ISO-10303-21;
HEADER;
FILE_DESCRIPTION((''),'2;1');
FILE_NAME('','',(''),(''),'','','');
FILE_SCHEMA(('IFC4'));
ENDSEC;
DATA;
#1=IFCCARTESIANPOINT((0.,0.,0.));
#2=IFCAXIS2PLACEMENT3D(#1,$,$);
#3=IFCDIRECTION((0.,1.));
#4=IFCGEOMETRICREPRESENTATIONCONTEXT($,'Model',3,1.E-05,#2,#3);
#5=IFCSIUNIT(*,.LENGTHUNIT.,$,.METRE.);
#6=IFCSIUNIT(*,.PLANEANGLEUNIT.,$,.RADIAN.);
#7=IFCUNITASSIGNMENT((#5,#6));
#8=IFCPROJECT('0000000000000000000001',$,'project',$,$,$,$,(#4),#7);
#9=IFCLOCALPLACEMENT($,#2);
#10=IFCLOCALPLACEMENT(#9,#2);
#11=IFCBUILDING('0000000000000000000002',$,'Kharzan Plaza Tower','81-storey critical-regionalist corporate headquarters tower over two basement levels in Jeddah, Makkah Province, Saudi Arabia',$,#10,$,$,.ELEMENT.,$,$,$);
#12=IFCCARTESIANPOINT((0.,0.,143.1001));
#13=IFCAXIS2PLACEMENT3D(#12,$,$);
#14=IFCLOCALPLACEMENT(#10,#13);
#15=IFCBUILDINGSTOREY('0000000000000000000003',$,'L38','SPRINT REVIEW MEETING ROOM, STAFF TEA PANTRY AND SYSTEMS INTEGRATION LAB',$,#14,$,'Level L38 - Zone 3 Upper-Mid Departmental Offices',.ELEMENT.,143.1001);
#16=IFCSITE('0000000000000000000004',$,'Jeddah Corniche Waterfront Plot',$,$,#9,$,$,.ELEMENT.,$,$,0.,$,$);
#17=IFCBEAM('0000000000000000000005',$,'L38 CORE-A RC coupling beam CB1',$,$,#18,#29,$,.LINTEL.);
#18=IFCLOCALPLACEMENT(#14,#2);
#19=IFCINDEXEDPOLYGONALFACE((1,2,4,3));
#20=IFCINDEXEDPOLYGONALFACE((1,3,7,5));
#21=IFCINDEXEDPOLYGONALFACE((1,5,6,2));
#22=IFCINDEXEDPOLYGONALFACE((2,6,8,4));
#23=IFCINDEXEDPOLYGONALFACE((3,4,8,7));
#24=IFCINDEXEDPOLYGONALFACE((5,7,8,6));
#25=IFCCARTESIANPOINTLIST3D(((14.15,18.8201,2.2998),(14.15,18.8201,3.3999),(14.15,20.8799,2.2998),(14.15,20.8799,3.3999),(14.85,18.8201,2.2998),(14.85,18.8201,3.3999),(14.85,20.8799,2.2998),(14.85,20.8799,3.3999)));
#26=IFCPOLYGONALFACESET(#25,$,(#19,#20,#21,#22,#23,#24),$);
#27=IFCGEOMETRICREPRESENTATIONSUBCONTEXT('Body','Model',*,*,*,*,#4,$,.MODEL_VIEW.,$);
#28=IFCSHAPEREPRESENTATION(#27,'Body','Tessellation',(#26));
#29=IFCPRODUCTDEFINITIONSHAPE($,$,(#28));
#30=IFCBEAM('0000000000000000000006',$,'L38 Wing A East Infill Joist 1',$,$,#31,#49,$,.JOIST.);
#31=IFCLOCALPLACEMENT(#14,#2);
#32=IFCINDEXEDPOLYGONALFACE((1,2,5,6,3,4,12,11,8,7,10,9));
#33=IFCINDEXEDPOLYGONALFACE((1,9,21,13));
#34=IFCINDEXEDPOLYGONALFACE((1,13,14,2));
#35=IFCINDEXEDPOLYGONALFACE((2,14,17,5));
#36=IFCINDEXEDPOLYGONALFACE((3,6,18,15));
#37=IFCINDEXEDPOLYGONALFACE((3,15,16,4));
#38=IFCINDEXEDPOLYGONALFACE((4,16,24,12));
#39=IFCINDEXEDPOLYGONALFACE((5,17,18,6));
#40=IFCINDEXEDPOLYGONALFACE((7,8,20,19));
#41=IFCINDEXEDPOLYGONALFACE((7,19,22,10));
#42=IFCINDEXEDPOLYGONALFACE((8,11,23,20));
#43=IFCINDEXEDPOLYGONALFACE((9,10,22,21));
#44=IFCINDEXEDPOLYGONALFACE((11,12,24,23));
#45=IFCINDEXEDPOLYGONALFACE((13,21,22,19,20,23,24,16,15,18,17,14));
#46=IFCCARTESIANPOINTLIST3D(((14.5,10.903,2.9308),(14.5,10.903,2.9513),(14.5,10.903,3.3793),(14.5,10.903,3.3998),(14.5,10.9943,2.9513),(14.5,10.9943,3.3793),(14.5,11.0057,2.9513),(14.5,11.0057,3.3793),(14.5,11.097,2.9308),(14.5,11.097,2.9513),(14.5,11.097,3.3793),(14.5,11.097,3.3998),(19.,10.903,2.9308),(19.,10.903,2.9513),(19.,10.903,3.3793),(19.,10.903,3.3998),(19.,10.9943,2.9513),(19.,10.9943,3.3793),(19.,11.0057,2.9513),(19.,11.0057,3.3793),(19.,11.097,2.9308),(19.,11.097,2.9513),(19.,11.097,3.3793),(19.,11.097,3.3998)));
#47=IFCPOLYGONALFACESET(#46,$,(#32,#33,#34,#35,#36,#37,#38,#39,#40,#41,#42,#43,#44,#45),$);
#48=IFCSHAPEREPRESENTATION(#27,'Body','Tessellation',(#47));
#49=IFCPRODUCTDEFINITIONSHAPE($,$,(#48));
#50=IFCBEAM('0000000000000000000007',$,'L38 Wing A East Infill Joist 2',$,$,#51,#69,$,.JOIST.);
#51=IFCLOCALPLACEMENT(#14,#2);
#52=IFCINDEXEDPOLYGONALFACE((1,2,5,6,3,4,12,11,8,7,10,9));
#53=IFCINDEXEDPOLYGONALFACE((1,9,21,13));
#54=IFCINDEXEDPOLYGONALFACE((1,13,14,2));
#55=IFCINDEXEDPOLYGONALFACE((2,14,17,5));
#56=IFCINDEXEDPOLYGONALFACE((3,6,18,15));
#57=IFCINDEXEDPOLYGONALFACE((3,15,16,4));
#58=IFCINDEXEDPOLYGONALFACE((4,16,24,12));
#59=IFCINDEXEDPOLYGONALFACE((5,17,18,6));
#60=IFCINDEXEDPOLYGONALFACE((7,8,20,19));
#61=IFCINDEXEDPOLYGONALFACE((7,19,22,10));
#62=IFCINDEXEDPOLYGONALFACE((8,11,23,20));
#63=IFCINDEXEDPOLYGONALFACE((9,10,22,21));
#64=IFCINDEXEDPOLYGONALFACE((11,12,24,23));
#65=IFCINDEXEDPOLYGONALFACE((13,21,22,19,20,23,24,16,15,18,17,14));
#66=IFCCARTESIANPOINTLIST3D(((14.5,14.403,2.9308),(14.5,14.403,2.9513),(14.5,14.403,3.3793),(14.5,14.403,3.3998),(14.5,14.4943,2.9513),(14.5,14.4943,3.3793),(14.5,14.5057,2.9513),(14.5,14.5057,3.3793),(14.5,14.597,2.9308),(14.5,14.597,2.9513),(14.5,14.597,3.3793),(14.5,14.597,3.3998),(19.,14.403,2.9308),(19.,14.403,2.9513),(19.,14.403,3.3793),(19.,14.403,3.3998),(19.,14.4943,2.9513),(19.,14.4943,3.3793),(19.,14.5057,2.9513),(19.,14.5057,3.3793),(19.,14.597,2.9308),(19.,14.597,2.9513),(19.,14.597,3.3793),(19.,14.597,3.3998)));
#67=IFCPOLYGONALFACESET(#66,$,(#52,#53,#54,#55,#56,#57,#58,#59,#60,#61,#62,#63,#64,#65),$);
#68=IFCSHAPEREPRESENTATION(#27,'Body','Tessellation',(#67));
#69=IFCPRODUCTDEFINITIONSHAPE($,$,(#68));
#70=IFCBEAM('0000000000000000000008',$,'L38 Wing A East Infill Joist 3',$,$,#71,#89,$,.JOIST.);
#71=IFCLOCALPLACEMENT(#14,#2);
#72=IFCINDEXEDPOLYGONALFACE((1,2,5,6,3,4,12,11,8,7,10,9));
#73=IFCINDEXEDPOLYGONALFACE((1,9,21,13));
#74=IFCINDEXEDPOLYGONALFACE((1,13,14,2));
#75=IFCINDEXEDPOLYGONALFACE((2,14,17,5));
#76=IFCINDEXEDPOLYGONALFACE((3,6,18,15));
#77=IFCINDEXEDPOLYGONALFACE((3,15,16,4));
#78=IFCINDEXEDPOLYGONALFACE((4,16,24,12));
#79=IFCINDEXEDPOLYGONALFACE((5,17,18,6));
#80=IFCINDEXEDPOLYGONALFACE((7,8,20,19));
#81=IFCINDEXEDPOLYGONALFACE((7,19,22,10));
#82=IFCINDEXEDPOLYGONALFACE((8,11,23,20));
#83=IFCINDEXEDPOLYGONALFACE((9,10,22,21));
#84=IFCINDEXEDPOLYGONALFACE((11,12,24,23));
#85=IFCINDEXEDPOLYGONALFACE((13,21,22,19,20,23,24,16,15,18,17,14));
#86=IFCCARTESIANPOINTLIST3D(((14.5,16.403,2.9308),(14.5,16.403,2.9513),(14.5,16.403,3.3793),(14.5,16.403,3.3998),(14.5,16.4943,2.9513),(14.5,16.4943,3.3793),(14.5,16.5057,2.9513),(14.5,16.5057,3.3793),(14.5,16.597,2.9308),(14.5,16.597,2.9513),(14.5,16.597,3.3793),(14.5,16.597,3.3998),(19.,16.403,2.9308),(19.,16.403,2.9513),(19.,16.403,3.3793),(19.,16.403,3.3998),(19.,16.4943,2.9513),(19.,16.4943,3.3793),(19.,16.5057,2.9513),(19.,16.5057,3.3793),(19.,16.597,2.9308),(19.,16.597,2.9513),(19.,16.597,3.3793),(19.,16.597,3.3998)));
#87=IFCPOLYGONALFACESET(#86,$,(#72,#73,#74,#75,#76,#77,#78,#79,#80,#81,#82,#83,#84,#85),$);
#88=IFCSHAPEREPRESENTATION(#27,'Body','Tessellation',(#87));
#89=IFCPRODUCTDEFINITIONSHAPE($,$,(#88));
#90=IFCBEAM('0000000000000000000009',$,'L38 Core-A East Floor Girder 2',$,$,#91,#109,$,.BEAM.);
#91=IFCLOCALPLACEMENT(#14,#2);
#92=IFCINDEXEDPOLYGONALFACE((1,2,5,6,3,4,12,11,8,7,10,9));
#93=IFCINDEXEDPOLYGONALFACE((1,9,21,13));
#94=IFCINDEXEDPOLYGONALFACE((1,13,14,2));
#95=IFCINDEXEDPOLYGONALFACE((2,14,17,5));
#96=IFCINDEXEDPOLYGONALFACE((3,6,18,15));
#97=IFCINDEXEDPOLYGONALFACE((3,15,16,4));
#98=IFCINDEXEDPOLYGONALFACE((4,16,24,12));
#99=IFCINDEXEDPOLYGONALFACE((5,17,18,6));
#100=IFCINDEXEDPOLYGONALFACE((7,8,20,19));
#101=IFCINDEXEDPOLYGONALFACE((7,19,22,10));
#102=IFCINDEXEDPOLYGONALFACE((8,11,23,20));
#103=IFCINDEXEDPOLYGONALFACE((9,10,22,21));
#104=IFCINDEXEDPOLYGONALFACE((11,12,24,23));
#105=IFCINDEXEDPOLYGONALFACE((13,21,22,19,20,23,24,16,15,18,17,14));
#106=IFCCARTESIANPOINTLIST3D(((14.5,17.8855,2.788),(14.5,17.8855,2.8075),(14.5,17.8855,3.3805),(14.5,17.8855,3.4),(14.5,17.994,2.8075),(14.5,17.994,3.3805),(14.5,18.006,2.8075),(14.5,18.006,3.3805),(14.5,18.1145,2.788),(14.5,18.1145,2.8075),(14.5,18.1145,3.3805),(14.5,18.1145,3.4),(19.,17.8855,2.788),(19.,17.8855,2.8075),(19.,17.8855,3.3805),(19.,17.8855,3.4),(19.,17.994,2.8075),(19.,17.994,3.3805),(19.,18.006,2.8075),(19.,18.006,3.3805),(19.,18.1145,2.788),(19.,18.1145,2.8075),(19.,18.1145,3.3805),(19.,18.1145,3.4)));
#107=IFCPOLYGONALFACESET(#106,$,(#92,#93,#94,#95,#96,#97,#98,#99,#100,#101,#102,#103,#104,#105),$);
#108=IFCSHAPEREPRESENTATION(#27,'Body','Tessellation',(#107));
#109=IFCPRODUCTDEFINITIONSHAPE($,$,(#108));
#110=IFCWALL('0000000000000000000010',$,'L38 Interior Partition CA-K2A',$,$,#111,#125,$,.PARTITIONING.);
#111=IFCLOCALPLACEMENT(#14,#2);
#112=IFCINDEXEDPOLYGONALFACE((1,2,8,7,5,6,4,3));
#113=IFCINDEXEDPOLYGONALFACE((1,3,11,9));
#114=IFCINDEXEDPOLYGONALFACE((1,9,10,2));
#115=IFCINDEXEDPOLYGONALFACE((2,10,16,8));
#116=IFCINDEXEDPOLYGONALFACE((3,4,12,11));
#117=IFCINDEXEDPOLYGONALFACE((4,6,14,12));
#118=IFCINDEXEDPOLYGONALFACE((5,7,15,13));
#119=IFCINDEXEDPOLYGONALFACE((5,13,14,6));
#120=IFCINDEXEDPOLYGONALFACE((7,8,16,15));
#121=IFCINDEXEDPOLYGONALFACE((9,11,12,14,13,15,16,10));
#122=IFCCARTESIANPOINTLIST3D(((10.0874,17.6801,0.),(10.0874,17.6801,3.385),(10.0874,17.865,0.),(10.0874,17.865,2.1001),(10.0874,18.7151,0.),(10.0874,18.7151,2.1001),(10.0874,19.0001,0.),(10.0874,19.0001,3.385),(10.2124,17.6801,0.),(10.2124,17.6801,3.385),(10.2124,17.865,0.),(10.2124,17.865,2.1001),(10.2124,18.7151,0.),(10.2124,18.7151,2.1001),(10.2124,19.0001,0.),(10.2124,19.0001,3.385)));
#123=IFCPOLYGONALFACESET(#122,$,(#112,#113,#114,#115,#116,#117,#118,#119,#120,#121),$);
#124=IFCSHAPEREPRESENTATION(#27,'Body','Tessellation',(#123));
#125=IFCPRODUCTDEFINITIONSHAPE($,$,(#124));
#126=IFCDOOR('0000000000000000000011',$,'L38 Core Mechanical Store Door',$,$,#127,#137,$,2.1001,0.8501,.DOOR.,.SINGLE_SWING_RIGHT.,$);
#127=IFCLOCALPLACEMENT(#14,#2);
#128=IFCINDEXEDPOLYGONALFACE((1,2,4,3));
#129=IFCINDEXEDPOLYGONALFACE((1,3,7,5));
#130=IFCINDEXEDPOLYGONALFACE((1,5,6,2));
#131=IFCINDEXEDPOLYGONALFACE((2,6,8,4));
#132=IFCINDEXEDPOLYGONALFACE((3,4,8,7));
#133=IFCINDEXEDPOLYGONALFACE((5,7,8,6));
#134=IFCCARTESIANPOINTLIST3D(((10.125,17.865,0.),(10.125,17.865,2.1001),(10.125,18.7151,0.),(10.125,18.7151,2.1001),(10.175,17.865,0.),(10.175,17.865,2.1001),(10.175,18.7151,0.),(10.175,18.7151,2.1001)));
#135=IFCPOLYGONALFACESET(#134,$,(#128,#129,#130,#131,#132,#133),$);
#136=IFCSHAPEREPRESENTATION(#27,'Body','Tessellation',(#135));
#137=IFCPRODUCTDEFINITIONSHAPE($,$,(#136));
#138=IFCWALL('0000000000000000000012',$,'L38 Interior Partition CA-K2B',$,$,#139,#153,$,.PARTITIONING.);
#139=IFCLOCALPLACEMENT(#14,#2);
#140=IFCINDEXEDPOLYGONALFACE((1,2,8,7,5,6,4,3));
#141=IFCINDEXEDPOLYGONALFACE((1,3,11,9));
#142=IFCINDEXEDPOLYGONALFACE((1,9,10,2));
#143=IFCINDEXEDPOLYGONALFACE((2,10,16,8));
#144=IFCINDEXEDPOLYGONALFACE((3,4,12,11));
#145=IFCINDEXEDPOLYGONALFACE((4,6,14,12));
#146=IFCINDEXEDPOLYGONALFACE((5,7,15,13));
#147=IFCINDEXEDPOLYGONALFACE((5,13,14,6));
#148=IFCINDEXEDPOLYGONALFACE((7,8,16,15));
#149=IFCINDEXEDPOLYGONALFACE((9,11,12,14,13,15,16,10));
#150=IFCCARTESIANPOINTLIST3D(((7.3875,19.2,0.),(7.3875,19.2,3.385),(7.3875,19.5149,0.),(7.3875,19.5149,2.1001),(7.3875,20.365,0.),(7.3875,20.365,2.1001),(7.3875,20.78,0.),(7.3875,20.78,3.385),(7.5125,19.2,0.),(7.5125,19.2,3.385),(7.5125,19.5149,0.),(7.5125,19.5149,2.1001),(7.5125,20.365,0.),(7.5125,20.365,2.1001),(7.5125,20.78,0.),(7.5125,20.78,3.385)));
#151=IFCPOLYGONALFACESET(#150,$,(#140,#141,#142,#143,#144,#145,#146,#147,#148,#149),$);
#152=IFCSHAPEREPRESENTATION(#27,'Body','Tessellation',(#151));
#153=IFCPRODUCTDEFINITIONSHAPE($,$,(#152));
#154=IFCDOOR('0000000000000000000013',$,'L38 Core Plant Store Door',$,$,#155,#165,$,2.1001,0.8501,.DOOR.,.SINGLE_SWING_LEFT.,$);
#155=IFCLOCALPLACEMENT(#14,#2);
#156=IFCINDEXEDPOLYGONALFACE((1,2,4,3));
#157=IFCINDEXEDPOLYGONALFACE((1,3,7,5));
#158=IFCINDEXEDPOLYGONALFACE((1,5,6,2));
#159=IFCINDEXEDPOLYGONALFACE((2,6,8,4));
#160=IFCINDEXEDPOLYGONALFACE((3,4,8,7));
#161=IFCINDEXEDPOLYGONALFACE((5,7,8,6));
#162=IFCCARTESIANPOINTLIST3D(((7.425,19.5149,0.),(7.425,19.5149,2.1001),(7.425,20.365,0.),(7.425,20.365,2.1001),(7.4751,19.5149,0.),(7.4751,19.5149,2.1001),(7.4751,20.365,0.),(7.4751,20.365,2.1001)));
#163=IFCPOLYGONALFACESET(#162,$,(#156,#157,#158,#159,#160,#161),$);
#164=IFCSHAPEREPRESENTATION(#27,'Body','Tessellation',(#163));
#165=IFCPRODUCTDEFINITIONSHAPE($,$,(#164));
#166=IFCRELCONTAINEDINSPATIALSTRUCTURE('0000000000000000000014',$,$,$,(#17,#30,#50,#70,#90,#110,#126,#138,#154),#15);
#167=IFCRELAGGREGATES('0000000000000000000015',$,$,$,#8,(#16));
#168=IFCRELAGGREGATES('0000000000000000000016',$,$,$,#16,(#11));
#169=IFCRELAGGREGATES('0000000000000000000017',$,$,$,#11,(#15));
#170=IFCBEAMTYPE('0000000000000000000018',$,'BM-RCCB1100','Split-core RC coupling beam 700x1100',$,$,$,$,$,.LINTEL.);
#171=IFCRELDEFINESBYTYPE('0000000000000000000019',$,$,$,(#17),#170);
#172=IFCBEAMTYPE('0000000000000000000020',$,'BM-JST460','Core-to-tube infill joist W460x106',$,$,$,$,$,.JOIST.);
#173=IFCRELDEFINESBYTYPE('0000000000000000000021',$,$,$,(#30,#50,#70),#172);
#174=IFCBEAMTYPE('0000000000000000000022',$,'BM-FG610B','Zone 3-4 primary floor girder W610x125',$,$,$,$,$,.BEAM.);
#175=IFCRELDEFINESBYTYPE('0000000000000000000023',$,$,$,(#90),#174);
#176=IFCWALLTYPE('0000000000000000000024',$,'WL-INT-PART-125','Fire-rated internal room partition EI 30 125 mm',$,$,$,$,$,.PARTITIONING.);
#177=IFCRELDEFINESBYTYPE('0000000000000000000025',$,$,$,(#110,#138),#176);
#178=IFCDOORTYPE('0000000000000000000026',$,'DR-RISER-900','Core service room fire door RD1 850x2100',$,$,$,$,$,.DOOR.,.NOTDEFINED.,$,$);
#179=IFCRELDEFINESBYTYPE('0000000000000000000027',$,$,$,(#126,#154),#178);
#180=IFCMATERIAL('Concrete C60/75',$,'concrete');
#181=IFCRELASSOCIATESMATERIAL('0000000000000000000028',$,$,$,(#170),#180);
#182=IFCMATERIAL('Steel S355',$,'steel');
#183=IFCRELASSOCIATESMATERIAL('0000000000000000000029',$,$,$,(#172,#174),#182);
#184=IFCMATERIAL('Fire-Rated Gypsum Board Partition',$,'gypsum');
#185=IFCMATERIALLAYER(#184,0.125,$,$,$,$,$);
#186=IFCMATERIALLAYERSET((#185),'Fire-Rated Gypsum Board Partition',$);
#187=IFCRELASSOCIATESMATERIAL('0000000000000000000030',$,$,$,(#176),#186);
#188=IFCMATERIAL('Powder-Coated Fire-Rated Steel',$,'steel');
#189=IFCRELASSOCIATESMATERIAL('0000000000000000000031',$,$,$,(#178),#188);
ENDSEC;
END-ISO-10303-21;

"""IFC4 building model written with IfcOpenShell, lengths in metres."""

from ifc_helpers import new_model, si_unit, direction, frame, frame_2d, origin, origin_2d, place, context, subcontext, project, spatial, rectangle, i_section, extrude, source, transform, mapped, material, layer, layer_set, material_profile, profile_set, type_object, element, fill, save


model = new_model("IFC4")

# Units and contexts
model_context = context("Model", 3, precision=1e-05, world=origin(), true_north=direction((0.0, 1.0)))
body_context = subcontext(model_context, "Body", "Model", "MODEL_VIEW")
ifc_project = project(units=[si_unit("LENGTHUNIT", "METRE"), si_unit("PLANEANGLEUNIT", "RADIAN")], contexts=[model_context])

# Site, building, storey
site_placement = place(None, origin())
site = spatial("IfcSite", under=ifc_project, at=site_placement, Name="Jeddah Corniche Waterfront Plot", CompositionType="ELEMENT", RefElevation=0.0)
building_placement = place(site_placement, origin())
building = spatial("IfcBuilding", under=site, at=building_placement, Name="Kharzan Plaza Tower", Description="81-storey critical-regionalist corporate headquarters tower over two basement levels in Jeddah, Makkah Province, Saudi Arabia", CompositionType="ELEMENT")
storey_placement = place(building_placement, frame((0.0, 0.0, 143.1001)))
storey = spatial("IfcBuildingStorey", under=building, at=storey_placement, Name="L38", Description="SPRINT REVIEW MEETING ROOM, STAFF TEA PANTRY AND SYSTEMS INTEGRATION LAB", LongName="Level L38 - Zone 3 Upper-Mid Departmental Offices", CompositionType="ELEMENT", Elevation=143.1001)

# Beams
ifc_material_1 = material(Name="Concrete C60/75", Category="concrete")
ifc_material_profile_1 = material_profile(ifc_material_1, rectangle(XDim=0.7, YDim=1.1001, at=origin_2d()), Name="RC-CB1100x700")
ifc_profile_set_1 = profile_set([ifc_material_profile_1], Name="Concrete C60/75")
beam_type_1 = type_object("IfcBeamType", Name="BM-RCCB1100", Description="Split-core RC coupling beam 700x1100", PredefinedType="LINTEL", material=ifc_profile_set_1)
shared_shape_1 = source(origin(), body_context, "Body", "SweptSolid", [
    extrude(rectangle(XDim=0.7, YDim=1.1001, at=origin_2d()), origin(), (0.0, 0.0, 1.0), 2.0598),
])
beam_1_placement = place(storey_placement, frame((14.5, 18.8201, 2.8499), z_axis=(0.0, 1.0, 0.0), x_axis=(-1.0, 0.0, 0.0)))
element("IfcBeam", 1, at=beam_1_placement, inside=storey, type_object=beam_type_1, Name="L38 CORE-A RC coupling beam CB1", PredefinedType="LINTEL", context=body_context, shape_type="MappedRepresentation", body=[
    mapped(shared_shape_1, transform((0.0, 0.0, 0.0), x_axis=(1.0, 0.0, 0.0), y_axis=(0.0, 1.0, 0.0), z_axis=(0.0, 0.0, 1.0))),
])
ifc_material_2 = material(Name="Steel S355", Category="steel")
ifc_material_profile_2 = material_profile(ifc_material_2, i_section(OverallWidth=0.1941, OverallDepth=0.469, WebThickness=0.0115, FlangeThickness=0.0205, at=origin_2d()), Name="W460x106")
ifc_profile_set_2 = profile_set([ifc_material_profile_2], Name="Steel S355")
beam_type_2 = type_object("IfcBeamType", Name="BM-JST460", Description="Core-to-tube infill joist W460x106", PredefinedType="JOIST", material=ifc_profile_set_2)
shared_shape_2 = source(origin(), body_context, "Body", "SweptSolid", [
    extrude(i_section(OverallWidth=0.1941, OverallDepth=0.469, WebThickness=0.0115, FlangeThickness=0.0205, at=origin_2d()), origin(), (0.0, 0.0, 1.0), 4.5),
])
for number, where, z_axis, x_axis, name in (
    (2, (14.5, 11.0, 3.1653), (1.0, 0.0, 0.0), (0.0, 1.0, 0.0), "L38 Wing A East Infill Joist 1"),
    (3, (14.5, 14.5, 3.1653), (1.0, 0.0, 0.0), (0.0, 1.0, 0.0), "L38 Wing A East Infill Joist 2"),
    (4, (14.5, 16.5, 3.1653), (1.0, 0.0, 0.0), (0.0, 1.0, 0.0), "L38 Wing A East Infill Joist 3"),
):
    element("IfcBeam", number, at=place(storey_placement, frame(where, z_axis=z_axis, x_axis=x_axis)), inside=storey, type_object=beam_type_2, Name=name, PredefinedType="JOIST", context=body_context, shape_type="MappedRepresentation", body=[
        mapped(shared_shape_2, transform((0.0, 0.0, 0.0), x_axis=(1.0, 0.0, 0.0), y_axis=(0.0, 1.0, 0.0), z_axis=(0.0, 0.0, 1.0))),
    ])
ifc_material_profile_3 = material_profile(ifc_material_2, i_section(OverallWidth=0.229, OverallDepth=0.6121, WebThickness=0.012, FlangeThickness=0.0195, at=origin_2d()), Name="W610x125")
ifc_profile_set_3 = profile_set([ifc_material_profile_3], Name="Steel S355")
beam_type_3 = type_object("IfcBeamType", Name="BM-FG610B", Description="Zone 3-4 primary floor girder W610x125", PredefinedType="BEAM", material=ifc_profile_set_3)
shared_shape_3 = source(origin(), body_context, "Body", "SweptSolid", [
    extrude(i_section(OverallWidth=0.229, OverallDepth=0.6121, WebThickness=0.012, FlangeThickness=0.0195, at=origin_2d()), origin(), (0.0, 0.0, 1.0), 4.5),
])
beam_2_placement = place(storey_placement, frame((14.5, 18.0, 3.094), z_axis=(1.0, 0.0, 0.0), x_axis=(0.0, 1.0, 0.0)))
element("IfcBeam", 5, at=beam_2_placement, inside=storey, type_object=beam_type_3, Name="L38 Core-A East Floor Girder 2", PredefinedType="BEAM", context=body_context, shape_type="MappedRepresentation", body=[
    mapped(shared_shape_3, transform((0.0, 0.0, 0.0), x_axis=(1.0, 0.0, 0.0), y_axis=(0.0, 1.0, 0.0), z_axis=(0.0, 0.0, 1.0))),
])

# Walls, openings, doors
ifc_material_3 = material(Name="Fire-Rated Gypsum Board Partition", Category="gypsum")
ifc_layer_1 = layer(ifc_material_3, 0.125)
ifc_layer_set_1 = layer_set([ifc_layer_1], Name="Fire-Rated Gypsum Board Partition")
wall_type_1 = type_object("IfcWallType", Name="WL-INT-PART-125", Description="Fire-rated internal room partition EI 30 125 mm", PredefinedType="PARTITIONING", material=ifc_layer_set_1)
wall_1_placement = place(storey_placement, frame((10.1499, 17.6799, 0.0), z_axis=(0.0, 0.0, 1.0), x_axis=(0.0, 1.0, 0.0)))
wall_1 = element("IfcWall", 6, at=wall_1_placement, inside=storey, type_object=wall_type_1, Name="L38 Interior Partition CA-K2A", PredefinedType="PARTITIONING", context=body_context, shape_type="SweptSolid", body=[
    extrude(rectangle(XDim=1.3201, YDim=0.125, at=frame_2d((0.6602, 0.0))), origin(), (0.0, 0.0, 1.0), 3.385),
])
opening_1_placement = place(wall_1_placement, frame((0.1851, 0.0, 0.0)))
opening_1 = element("IfcOpeningElement", 7, at=opening_1_placement, cuts=wall_1, PredefinedType="OPENING", context=body_context, shape_type="SweptSolid", body=[
    extrude(rectangle(XDim=0.8501, YDim=2.1001, at=frame_2d((0.425, 1.05))), frame((0.0, 0.0725, 0.0), z_axis=(0.0, -1.0, 0.0), x_axis=(1.0, 0.0, 0.0)), (0.0, 0.0, 1.0), 0.145),
])
ifc_material_4 = material(Name="Powder-Coated Fire-Rated Steel", Category="steel")
door_type_1 = type_object("IfcDoorType", Name="DR-RISER-900", Description="Core service room fire door RD1 850x2100", OperationType="NOTDEFINED", PredefinedType="DOOR", material=ifc_material_4)
shared_shape_4 = source(origin(), body_context, "Body", "SweptSolid", [
    extrude(rectangle(XDim=0.8501, YDim=2.1001, at=frame_2d((0.425, 1.05))), frame((0.0, 0.0249, 0.0), z_axis=(0.0, -1.0, 0.0), x_axis=(1.0, 0.0, 0.0)), (0.0, 0.0, 1.0), 0.05),
])
door_1_placement = place(opening_1_placement, origin())
door_1 = element("IfcDoor", 8, at=door_1_placement, inside=storey, type_object=door_type_1, Name="L38 Core Mechanical Store Door", OperationType="SINGLE_SWING_RIGHT", OverallHeight=2.1001, OverallWidth=0.8501, PredefinedType="DOOR", context=body_context, shape_type="MappedRepresentation", body=[
    mapped(shared_shape_4, transform((0.0, 0.0, 0.0), x_axis=(1.0, 0.0, 0.0), y_axis=(0.0, 1.0, 0.0), z_axis=(0.0, 0.0, 1.0))),
])
fill(opening_1, door_1)
wall_2_placement = place(storey_placement, frame((7.45, 19.2, 0.0), z_axis=(0.0, 0.0, 1.0), x_axis=(0.0, 1.0, 0.0)))
wall_2 = element("IfcWall", 9, at=wall_2_placement, inside=storey, type_object=wall_type_1, Name="L38 Interior Partition CA-K2B", PredefinedType="PARTITIONING", context=body_context, shape_type="SweptSolid", body=[
    extrude(rectangle(XDim=1.5801, YDim=0.125, at=frame_2d((0.79, 0.0))), origin(), (0.0, 0.0, 1.0), 3.385),
])
opening_2_placement = place(wall_2_placement, frame((0.3149, 0.0, 0.0)))
opening_2 = element("IfcOpeningElement", 10, at=opening_2_placement, cuts=wall_2, PredefinedType="OPENING", context=body_context, shape_type="SweptSolid", body=[
    extrude(rectangle(XDim=0.8501, YDim=2.1001, at=frame_2d((0.425, 1.05))), frame((0.0, 0.0725, 0.0), z_axis=(0.0, -1.0, 0.0), x_axis=(1.0, 0.0, 0.0)), (0.0, 0.0, 1.0), 0.145),
])
door_2_placement = place(opening_2_placement, origin())
door_2 = element("IfcDoor", 11, at=door_2_placement, inside=storey, type_object=door_type_1, Name="L38 Core Plant Store Door", OperationType="SINGLE_SWING_LEFT", OverallHeight=2.1001, OverallWidth=0.8501, PredefinedType="DOOR", context=body_context, shape_type="MappedRepresentation", body=[
    mapped(shared_shape_4, transform((0.0, 0.0, 0.0), x_axis=(1.0, 0.0, 0.0), y_axis=(0.0, 1.0, 0.0), z_axis=(0.0, 0.0, 1.0))),
])
fill(opening_2, door_2)

save(model, "model.ifc")
